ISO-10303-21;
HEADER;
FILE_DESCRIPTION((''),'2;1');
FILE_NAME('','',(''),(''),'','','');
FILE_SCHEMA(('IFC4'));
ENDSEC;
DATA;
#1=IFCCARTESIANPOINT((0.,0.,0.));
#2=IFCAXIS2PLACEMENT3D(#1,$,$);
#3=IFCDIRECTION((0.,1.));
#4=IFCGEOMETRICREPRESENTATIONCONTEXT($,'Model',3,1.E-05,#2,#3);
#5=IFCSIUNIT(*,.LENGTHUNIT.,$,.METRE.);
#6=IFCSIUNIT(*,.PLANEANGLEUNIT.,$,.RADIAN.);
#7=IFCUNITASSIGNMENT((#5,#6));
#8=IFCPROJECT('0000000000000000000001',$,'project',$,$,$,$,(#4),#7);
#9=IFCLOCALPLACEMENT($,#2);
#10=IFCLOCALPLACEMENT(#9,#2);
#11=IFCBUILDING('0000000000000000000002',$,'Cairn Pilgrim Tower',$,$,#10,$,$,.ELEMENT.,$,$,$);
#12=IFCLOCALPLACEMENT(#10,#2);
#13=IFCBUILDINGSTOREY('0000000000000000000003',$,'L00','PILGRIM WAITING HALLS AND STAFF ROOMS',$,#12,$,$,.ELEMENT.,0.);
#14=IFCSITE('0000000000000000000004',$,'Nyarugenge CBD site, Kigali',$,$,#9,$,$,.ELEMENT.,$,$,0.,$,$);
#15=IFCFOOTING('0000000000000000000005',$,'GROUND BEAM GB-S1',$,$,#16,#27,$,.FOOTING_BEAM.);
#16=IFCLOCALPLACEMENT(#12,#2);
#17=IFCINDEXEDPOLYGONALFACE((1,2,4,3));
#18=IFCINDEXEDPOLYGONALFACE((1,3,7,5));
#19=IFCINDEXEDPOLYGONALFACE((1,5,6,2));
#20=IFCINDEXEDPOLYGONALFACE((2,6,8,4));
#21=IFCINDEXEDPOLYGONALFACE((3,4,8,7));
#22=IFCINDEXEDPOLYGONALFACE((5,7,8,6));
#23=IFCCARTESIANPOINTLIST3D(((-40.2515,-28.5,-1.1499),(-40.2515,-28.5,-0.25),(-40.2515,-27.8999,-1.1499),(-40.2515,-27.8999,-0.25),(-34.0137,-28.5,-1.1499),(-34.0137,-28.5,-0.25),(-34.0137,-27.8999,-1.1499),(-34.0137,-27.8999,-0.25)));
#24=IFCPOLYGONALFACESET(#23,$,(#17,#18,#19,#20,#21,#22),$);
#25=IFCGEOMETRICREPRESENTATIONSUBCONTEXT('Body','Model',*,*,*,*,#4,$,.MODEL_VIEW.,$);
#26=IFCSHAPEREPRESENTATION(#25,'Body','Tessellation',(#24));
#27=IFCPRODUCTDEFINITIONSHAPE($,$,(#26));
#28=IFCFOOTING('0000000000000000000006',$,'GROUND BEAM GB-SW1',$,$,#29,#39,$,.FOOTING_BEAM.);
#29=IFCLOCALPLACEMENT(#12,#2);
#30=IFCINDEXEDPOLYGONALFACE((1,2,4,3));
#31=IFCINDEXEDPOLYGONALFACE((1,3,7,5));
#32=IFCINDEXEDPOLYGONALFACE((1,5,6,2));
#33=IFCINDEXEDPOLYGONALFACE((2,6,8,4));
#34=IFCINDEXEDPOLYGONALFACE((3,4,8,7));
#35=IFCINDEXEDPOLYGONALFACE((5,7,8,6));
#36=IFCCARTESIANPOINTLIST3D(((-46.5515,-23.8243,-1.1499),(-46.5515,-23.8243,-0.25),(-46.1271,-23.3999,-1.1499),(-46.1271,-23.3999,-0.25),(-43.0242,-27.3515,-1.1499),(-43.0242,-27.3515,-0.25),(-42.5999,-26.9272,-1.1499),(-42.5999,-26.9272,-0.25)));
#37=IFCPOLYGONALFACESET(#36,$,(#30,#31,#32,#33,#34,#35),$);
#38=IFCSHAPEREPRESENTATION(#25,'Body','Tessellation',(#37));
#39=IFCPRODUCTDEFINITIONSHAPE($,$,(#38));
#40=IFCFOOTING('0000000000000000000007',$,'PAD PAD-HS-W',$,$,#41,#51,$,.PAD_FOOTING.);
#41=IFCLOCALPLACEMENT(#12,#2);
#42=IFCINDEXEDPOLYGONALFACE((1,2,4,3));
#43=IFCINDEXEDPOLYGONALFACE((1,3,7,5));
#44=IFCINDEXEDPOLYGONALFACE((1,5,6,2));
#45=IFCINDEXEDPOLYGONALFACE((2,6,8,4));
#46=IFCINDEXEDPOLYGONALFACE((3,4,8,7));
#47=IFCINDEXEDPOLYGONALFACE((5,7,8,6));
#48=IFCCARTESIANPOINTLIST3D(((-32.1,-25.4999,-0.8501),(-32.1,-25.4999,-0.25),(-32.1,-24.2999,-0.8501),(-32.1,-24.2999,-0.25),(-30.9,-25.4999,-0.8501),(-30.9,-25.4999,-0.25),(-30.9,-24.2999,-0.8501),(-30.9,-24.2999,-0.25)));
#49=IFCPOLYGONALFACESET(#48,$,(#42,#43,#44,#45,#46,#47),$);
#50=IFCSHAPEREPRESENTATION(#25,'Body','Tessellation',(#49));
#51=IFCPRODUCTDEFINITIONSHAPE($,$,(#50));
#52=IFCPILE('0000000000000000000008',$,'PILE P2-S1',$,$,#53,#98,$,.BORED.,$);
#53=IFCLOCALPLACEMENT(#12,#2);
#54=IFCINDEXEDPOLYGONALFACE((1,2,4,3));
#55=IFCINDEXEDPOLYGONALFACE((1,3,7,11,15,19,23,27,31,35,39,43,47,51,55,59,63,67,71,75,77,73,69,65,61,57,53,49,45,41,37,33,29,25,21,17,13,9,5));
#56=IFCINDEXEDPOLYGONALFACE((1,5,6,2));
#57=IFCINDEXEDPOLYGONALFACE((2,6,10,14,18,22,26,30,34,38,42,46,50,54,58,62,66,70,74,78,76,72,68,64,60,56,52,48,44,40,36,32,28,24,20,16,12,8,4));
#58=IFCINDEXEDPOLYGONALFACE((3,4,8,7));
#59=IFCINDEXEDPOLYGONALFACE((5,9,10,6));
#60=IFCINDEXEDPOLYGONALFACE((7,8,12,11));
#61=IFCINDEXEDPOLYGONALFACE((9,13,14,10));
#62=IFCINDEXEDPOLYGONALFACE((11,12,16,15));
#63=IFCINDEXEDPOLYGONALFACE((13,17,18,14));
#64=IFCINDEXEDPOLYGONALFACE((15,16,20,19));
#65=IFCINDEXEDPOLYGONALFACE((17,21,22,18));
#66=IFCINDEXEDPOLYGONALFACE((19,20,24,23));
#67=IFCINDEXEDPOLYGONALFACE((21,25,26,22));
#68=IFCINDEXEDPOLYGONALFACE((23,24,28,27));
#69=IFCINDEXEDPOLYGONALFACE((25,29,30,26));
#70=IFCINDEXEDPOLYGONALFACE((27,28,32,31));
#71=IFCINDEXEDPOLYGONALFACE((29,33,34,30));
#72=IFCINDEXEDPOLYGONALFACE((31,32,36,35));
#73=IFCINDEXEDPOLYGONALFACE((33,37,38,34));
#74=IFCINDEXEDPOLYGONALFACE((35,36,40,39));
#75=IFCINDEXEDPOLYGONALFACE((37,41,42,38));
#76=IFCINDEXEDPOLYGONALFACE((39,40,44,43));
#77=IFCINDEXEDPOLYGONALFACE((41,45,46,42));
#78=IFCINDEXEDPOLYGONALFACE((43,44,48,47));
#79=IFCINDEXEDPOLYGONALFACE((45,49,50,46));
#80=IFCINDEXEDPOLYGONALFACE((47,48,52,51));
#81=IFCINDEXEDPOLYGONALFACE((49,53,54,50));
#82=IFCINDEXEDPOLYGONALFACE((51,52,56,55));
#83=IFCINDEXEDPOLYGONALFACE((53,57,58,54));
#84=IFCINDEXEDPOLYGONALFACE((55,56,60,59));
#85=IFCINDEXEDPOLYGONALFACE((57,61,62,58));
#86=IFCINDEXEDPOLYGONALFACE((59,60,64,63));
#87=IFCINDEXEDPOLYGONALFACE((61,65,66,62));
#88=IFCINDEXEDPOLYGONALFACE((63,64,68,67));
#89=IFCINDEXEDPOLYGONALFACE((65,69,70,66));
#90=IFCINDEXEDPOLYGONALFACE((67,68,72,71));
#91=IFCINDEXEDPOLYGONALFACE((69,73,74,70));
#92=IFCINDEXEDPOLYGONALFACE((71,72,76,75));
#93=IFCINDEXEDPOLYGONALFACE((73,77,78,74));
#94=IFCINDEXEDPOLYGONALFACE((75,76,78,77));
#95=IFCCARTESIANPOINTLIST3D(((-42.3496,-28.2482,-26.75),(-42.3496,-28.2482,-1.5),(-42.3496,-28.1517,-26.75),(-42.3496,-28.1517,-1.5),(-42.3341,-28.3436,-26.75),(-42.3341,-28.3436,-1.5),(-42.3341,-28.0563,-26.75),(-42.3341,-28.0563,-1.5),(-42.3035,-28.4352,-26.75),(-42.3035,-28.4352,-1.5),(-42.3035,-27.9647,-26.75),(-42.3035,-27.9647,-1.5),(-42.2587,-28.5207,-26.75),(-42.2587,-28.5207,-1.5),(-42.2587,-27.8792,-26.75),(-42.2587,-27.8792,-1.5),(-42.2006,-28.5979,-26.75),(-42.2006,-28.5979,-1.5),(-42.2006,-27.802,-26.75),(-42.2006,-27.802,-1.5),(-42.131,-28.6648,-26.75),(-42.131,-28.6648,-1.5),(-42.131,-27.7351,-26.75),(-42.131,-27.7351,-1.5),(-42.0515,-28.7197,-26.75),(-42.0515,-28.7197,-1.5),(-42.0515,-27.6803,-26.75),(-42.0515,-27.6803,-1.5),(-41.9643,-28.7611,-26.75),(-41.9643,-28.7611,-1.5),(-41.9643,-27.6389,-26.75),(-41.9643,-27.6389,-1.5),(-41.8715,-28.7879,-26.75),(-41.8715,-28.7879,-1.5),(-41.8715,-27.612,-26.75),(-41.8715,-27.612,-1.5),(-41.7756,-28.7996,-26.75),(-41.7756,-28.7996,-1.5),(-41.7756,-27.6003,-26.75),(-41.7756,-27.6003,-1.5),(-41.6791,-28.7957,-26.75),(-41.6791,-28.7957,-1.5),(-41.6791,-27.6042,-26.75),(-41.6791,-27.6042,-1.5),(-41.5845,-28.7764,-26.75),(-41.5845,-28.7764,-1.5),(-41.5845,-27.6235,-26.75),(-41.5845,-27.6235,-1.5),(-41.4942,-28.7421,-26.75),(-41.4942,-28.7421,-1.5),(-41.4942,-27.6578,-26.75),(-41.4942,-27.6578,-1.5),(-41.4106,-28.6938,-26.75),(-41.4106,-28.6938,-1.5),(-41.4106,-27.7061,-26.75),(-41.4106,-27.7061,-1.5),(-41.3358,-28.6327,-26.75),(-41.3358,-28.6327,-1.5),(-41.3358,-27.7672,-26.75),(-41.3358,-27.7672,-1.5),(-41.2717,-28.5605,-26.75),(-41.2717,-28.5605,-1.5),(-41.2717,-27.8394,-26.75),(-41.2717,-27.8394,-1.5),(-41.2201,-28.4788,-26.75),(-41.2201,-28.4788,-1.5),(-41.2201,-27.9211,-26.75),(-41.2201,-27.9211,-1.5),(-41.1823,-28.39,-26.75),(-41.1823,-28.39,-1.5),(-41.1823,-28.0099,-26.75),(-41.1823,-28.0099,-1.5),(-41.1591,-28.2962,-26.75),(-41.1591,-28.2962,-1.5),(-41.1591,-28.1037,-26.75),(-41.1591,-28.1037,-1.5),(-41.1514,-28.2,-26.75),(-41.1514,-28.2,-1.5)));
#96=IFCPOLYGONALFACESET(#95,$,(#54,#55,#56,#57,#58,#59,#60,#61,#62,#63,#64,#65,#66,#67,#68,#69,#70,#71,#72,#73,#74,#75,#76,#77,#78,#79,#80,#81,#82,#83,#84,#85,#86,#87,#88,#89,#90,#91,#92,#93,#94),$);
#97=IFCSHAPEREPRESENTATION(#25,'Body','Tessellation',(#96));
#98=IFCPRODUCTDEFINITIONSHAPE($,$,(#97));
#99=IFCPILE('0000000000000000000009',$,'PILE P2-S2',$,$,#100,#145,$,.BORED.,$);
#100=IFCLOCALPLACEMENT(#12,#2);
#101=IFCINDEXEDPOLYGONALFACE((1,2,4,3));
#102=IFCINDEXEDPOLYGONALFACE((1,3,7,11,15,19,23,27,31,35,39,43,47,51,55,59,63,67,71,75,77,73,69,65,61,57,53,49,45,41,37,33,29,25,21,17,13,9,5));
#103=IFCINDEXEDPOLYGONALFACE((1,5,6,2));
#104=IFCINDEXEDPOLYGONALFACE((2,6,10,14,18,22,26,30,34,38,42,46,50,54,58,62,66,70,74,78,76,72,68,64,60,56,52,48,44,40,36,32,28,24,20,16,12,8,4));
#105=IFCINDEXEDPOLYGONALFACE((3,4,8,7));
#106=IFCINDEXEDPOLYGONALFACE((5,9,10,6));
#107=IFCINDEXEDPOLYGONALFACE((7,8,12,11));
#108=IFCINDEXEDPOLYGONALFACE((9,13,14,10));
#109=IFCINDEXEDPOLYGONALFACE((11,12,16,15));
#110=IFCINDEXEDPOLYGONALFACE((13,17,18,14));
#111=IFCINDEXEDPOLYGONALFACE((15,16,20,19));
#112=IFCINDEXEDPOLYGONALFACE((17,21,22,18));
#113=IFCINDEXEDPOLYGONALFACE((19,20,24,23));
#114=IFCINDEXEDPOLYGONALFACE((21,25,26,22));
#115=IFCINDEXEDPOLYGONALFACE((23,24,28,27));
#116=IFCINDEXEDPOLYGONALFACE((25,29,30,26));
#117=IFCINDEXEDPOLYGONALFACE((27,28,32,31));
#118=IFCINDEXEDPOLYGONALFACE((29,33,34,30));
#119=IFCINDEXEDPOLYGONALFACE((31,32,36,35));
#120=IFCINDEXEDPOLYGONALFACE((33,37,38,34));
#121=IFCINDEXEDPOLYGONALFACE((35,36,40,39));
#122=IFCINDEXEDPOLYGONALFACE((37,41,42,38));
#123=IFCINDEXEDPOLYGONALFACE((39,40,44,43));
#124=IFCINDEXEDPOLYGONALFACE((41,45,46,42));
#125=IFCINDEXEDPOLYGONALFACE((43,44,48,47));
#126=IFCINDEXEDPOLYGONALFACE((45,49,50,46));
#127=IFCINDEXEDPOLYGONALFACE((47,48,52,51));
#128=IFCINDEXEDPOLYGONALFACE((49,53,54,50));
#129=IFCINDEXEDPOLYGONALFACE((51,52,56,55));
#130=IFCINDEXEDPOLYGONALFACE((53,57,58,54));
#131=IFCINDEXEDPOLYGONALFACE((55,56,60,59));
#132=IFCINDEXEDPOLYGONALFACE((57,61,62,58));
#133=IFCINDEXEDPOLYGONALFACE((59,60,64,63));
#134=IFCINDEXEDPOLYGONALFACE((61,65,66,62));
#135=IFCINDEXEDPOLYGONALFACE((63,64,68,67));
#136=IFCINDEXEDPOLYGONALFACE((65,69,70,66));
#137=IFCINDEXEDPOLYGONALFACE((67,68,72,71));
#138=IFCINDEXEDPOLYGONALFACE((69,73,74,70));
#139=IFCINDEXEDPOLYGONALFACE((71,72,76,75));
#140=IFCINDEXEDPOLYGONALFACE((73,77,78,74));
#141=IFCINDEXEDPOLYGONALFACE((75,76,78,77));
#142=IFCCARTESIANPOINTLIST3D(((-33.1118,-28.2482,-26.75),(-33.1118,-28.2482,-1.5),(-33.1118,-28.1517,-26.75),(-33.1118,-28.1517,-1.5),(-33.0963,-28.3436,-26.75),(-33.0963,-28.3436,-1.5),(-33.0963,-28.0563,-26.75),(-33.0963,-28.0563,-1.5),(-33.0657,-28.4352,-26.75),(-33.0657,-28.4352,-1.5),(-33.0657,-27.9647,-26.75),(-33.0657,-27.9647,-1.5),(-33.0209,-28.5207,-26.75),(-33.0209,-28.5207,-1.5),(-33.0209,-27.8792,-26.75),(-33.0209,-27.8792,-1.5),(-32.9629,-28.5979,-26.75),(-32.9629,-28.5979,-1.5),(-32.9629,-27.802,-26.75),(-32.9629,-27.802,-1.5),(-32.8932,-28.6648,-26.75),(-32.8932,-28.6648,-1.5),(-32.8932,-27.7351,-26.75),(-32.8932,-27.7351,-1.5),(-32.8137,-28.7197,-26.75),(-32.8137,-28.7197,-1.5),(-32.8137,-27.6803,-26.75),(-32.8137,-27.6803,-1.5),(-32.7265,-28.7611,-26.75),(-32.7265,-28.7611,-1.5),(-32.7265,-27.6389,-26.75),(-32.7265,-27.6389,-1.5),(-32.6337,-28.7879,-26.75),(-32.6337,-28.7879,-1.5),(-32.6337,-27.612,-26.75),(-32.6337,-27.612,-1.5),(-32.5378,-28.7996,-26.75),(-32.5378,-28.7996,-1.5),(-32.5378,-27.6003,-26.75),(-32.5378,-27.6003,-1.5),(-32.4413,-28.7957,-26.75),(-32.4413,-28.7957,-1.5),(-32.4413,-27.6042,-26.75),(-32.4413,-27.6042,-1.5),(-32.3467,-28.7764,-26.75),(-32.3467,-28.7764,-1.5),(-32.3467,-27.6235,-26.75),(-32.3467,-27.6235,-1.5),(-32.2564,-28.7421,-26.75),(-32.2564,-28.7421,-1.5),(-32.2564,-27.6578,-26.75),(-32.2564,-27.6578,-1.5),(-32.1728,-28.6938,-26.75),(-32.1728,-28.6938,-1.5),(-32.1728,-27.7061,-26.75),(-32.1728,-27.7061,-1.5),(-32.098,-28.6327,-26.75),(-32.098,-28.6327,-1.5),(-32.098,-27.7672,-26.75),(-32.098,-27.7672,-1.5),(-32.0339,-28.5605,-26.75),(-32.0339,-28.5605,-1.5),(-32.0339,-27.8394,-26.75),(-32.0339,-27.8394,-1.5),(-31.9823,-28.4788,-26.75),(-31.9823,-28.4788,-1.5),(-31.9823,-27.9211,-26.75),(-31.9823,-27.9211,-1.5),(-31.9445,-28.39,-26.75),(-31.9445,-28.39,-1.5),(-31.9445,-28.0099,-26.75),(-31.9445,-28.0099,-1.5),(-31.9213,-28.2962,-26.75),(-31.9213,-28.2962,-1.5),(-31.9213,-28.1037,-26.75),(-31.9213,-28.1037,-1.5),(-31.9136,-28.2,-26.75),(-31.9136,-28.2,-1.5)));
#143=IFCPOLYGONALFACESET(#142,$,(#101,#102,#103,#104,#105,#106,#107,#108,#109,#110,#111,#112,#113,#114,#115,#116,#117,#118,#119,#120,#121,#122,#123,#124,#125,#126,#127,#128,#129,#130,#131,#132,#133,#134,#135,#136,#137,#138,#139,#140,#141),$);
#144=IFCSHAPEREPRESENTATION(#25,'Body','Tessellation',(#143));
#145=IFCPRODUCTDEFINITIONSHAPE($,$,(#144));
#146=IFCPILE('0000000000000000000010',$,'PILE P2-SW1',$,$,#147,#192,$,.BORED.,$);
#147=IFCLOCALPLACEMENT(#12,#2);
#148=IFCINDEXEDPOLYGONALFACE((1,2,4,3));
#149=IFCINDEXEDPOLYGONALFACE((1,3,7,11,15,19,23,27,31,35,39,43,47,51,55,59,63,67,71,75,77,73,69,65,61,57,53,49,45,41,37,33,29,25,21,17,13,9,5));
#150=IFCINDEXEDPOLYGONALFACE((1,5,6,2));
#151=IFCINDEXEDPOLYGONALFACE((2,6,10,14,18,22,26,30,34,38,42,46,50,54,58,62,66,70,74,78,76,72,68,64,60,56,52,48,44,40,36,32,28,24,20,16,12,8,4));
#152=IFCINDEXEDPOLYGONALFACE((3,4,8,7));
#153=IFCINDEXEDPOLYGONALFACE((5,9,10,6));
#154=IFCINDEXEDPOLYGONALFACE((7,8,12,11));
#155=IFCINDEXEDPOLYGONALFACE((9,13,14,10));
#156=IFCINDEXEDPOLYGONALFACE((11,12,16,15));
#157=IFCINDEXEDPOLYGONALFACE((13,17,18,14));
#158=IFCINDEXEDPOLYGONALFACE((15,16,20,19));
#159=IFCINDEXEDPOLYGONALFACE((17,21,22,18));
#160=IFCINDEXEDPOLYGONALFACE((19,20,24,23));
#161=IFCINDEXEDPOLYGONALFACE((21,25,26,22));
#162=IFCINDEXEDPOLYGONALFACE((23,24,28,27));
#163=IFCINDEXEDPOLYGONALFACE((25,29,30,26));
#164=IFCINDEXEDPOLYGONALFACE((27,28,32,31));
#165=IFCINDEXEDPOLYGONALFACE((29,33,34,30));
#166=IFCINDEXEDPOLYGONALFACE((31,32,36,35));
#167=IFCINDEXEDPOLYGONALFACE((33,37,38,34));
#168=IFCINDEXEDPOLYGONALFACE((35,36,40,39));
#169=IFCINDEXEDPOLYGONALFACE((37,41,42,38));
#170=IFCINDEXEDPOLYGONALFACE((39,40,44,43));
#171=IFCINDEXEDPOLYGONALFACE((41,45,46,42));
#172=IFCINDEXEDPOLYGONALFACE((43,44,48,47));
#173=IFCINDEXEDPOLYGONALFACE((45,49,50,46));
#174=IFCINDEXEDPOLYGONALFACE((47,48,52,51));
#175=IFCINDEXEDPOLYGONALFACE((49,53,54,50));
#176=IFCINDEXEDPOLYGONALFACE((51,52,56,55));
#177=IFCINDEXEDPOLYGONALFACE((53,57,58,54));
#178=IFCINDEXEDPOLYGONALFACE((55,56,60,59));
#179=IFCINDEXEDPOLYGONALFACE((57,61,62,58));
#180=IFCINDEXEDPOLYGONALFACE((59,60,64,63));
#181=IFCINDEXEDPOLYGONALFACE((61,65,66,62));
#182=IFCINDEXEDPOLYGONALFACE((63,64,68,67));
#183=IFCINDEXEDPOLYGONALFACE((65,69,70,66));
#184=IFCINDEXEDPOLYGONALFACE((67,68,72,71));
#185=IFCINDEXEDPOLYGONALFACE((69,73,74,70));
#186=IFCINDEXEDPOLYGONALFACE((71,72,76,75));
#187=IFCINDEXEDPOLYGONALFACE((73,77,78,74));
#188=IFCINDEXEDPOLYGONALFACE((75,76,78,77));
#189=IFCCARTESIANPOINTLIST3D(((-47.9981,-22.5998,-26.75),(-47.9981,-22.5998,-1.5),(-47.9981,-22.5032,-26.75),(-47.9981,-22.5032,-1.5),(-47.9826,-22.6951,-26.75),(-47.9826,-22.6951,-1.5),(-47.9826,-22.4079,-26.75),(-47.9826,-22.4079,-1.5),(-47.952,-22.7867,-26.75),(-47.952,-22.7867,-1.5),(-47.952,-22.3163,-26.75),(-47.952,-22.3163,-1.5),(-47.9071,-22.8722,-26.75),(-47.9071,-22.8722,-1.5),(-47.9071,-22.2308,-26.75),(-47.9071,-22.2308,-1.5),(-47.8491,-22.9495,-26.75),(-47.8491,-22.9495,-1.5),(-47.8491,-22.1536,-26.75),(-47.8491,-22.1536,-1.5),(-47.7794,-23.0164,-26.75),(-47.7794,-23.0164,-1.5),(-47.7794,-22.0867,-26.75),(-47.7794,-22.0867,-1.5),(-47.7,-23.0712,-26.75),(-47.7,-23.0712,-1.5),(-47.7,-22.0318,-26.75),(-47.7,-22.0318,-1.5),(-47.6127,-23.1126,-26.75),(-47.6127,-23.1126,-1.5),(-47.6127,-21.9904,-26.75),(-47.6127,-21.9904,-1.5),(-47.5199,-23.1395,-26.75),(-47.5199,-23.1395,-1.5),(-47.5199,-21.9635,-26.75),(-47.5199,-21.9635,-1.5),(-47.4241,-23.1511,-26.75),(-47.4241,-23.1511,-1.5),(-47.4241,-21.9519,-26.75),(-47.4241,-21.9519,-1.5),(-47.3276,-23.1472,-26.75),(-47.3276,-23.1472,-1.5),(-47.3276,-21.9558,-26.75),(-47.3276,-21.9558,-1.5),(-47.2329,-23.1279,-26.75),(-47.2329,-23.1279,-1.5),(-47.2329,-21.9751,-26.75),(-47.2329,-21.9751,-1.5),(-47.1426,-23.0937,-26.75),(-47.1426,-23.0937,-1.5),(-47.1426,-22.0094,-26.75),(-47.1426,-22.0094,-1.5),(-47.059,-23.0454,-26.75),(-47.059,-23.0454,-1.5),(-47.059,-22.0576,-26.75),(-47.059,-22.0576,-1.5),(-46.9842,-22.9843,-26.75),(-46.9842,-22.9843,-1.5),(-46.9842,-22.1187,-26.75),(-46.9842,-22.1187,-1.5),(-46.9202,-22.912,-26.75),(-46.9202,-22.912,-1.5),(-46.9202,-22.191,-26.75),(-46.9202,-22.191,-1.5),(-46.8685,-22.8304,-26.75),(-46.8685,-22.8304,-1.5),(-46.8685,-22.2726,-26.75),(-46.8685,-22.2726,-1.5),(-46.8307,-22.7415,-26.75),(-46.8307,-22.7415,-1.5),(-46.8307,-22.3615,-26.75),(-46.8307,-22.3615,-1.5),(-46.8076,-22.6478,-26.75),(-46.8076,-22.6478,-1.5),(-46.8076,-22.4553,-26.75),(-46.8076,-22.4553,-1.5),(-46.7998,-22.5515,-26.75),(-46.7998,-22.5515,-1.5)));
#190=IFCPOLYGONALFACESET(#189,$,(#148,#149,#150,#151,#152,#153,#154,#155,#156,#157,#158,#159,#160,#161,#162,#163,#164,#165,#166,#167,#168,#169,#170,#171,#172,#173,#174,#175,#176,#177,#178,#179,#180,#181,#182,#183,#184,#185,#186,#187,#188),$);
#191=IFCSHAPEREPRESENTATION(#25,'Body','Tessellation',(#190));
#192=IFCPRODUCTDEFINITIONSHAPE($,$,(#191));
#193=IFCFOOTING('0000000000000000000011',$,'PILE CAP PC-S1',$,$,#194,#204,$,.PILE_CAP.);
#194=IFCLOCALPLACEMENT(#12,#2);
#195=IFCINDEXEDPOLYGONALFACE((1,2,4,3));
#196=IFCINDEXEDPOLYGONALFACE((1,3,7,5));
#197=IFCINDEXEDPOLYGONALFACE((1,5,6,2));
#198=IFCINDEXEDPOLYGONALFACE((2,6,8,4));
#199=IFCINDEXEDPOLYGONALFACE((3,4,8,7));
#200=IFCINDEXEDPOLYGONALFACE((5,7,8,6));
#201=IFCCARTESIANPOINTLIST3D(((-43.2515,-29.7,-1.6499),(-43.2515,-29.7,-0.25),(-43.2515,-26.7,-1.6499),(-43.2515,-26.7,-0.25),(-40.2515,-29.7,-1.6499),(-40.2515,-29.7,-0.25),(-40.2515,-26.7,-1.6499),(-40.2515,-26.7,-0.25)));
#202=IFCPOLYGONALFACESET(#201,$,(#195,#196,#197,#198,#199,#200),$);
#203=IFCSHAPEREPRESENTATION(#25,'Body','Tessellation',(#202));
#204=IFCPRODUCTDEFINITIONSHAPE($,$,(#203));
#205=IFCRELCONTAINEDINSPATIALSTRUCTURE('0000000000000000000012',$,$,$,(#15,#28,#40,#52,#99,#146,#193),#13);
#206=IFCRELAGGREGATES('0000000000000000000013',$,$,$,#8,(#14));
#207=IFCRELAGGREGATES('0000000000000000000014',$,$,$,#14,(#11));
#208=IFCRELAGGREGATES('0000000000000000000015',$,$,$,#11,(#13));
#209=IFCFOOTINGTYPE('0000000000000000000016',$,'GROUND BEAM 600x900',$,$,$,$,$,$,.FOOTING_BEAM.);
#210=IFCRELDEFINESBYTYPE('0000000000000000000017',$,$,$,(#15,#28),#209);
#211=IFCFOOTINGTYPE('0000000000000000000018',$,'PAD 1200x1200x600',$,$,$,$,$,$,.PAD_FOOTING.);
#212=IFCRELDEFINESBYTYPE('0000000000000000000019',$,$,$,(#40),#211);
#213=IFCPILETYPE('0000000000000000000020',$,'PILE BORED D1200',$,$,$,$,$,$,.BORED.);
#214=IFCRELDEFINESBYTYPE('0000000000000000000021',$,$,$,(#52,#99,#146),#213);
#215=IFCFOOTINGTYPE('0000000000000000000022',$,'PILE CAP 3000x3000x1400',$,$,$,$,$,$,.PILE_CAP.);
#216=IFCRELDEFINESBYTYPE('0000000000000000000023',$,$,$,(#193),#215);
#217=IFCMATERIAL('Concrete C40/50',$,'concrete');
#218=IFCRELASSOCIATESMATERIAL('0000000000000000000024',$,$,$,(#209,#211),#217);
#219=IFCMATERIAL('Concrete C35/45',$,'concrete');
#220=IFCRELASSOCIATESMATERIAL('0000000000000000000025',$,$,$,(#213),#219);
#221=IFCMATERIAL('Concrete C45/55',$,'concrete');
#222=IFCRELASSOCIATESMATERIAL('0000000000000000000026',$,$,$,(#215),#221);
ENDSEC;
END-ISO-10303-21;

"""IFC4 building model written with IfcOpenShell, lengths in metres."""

from ifc_helpers import new_model, si_unit, direction, frame, origin, origin_2d, place, context, subcontext, project, spatial, rectangle, circle, extrude, material, material_profile, profile_set, type_object, element, save


model = new_model("IFC4")

# Units and contexts
model_context = context("Model", 3, precision=1e-05, world=origin(), true_north=direction((0.0, 1.0)))
body_context = subcontext(model_context, "Body", "Model", "MODEL_VIEW")
ifc_project = project(units=[si_unit("LENGTHUNIT", "METRE"), si_unit("PLANEANGLEUNIT", "RADIAN")], contexts=[model_context])

# Site, building, storey
site_placement = place(None, origin())
site = spatial("IfcSite", under=ifc_project, at=site_placement, Name="Nyarugenge CBD site, Kigali", CompositionType="ELEMENT", RefElevation=0.0)
building_placement = place(site_placement, origin())
building = spatial("IfcBuilding", under=site, at=building_placement, Name="Cairn Pilgrim Tower", CompositionType="ELEMENT")
storey_placement = place(building_placement, origin())
storey = spatial("IfcBuildingStorey", under=building, at=storey_placement, Name="L00", Description="PILGRIM WAITING HALLS AND STAFF ROOMS", CompositionType="ELEMENT", Elevation=0.0)

# Footings
ifc_material_1 = material(Name="Concrete C40/50", Category="concrete")
footing_type_1 = type_object("IfcFootingType", Name="GROUND BEAM 600x900", PredefinedType="FOOTING_BEAM", material=ifc_material_1)
footing_1_placement = place(storey_placement, frame((-37.1326, -28.2, -1.1499), z_axis=(0.0, 0.0, 1.0), x_axis=(1.0, 0.0, 0.0)))
element("IfcFooting", 1, at=footing_1_placement, inside=storey, type_object=footing_type_1, Name="GROUND BEAM GB-S1", PredefinedType="FOOTING_BEAM", context=body_context, shape_type="SweptSolid", body=[
    extrude(rectangle(XDim=6.2378, YDim=0.6001, at=origin_2d()), origin(), (0.0, 0.0, 1.0), 0.8999),
])
footing_2_placement = place(storey_placement, frame((-44.5757, -25.3757, -1.1499), z_axis=(0.0, 0.0, 1.0), x_axis=(0.707107, -0.707107, 0.0)))
element("IfcFooting", 2, at=footing_2_placement, inside=storey, type_object=footing_type_1, Name="GROUND BEAM GB-SW1", PredefinedType="FOOTING_BEAM", context=body_context, shape_type="SweptSolid", body=[
    extrude(rectangle(XDim=4.9883, YDim=0.6001, at=origin_2d()), origin(), (0.0, 0.0, 1.0), 0.8999),
])
footing_type_2 = type_object("IfcFootingType", Name="PAD 1200x1200x600", PredefinedType="PAD_FOOTING", material=ifc_material_1)
footing_3_placement = place(storey_placement, frame((-31.5, -24.8999, -0.8501), z_axis=(0.0, 0.0, 1.0), x_axis=(1.0, 0.0, 0.0)))
element("IfcFooting", 3, at=footing_3_placement, inside=storey, type_object=footing_type_2, Name="PAD PAD-HS-W", PredefinedType="PAD_FOOTING", context=body_context, shape_type="SweptSolid", body=[
    extrude(rectangle(XDim=1.2, YDim=1.2, at=origin_2d()), origin(), (0.0, 0.0, 1.0), 0.6001),
])

# Piles
ifc_material_2 = material(Name="Concrete C35/45", Category="concrete")
ifc_material_profile_1 = material_profile(ifc_material_2, circle(Radius=0.6001, at=origin_2d()), Name="D1200")
ifc_profile_set_1 = profile_set([ifc_material_profile_1], Name="Concrete C35/45")
pile_type = type_object("IfcPileType", Name="PILE BORED D1200", PredefinedType="BORED", material=ifc_profile_set_1)
for number, where, z_axis, x_axis, name in (
    (4, (-41.7515, -28.2, -1.5), (0.0, 0.0, -1.0), (1.0, 0.0, 0.0), "PILE P2-S1"),
    (5, (-32.5137, -28.2, -1.5), (0.0, 0.0, -1.0), (1.0, 0.0, 0.0), "PILE P2-S2"),
    (6, (-47.3999, -22.5515, -1.5), (0.0, 0.0, -1.0), (1.0, 0.0, 0.0), "PILE P2-SW1"),
):
    element("IfcPile", number, at=place(storey_placement, frame(where, z_axis=z_axis, x_axis=x_axis)), inside=storey, type_object=pile_type, Name=name, PredefinedType="BORED", context=body_context, shape_type="SweptSolid", body=[
        extrude(circle(Radius=0.6001, at=origin_2d()), origin(), (0.0, 0.0, 1.0), 25.25),
    ])

# Footing
ifc_material_3 = material(Name="Concrete C45/55", Category="concrete")
footing_type_3 = type_object("IfcFootingType", Name="PILE CAP 3000x3000x1400", PredefinedType="PILE_CAP", material=ifc_material_3)
for number, where, z_axis, x_axis, name in (
    (7, (-41.7515, -28.2, -1.6499), (0.0, 0.0, 1.0), (1.0, 0.0, 0.0), "PILE CAP PC-S1"),
):
    element("IfcFooting", number, at=place(storey_placement, frame(where, z_axis=z_axis, x_axis=x_axis)), inside=storey, type_object=footing_type_3, Name=name, PredefinedType="PILE_CAP", context=body_context, shape_type="SweptSolid", body=[
        extrude(rectangle(XDim=3.0, YDim=3.0, at=origin_2d()), origin(), (0.0, 0.0, 1.0), 1.3999),
    ])

save(model, "model.ifc")
